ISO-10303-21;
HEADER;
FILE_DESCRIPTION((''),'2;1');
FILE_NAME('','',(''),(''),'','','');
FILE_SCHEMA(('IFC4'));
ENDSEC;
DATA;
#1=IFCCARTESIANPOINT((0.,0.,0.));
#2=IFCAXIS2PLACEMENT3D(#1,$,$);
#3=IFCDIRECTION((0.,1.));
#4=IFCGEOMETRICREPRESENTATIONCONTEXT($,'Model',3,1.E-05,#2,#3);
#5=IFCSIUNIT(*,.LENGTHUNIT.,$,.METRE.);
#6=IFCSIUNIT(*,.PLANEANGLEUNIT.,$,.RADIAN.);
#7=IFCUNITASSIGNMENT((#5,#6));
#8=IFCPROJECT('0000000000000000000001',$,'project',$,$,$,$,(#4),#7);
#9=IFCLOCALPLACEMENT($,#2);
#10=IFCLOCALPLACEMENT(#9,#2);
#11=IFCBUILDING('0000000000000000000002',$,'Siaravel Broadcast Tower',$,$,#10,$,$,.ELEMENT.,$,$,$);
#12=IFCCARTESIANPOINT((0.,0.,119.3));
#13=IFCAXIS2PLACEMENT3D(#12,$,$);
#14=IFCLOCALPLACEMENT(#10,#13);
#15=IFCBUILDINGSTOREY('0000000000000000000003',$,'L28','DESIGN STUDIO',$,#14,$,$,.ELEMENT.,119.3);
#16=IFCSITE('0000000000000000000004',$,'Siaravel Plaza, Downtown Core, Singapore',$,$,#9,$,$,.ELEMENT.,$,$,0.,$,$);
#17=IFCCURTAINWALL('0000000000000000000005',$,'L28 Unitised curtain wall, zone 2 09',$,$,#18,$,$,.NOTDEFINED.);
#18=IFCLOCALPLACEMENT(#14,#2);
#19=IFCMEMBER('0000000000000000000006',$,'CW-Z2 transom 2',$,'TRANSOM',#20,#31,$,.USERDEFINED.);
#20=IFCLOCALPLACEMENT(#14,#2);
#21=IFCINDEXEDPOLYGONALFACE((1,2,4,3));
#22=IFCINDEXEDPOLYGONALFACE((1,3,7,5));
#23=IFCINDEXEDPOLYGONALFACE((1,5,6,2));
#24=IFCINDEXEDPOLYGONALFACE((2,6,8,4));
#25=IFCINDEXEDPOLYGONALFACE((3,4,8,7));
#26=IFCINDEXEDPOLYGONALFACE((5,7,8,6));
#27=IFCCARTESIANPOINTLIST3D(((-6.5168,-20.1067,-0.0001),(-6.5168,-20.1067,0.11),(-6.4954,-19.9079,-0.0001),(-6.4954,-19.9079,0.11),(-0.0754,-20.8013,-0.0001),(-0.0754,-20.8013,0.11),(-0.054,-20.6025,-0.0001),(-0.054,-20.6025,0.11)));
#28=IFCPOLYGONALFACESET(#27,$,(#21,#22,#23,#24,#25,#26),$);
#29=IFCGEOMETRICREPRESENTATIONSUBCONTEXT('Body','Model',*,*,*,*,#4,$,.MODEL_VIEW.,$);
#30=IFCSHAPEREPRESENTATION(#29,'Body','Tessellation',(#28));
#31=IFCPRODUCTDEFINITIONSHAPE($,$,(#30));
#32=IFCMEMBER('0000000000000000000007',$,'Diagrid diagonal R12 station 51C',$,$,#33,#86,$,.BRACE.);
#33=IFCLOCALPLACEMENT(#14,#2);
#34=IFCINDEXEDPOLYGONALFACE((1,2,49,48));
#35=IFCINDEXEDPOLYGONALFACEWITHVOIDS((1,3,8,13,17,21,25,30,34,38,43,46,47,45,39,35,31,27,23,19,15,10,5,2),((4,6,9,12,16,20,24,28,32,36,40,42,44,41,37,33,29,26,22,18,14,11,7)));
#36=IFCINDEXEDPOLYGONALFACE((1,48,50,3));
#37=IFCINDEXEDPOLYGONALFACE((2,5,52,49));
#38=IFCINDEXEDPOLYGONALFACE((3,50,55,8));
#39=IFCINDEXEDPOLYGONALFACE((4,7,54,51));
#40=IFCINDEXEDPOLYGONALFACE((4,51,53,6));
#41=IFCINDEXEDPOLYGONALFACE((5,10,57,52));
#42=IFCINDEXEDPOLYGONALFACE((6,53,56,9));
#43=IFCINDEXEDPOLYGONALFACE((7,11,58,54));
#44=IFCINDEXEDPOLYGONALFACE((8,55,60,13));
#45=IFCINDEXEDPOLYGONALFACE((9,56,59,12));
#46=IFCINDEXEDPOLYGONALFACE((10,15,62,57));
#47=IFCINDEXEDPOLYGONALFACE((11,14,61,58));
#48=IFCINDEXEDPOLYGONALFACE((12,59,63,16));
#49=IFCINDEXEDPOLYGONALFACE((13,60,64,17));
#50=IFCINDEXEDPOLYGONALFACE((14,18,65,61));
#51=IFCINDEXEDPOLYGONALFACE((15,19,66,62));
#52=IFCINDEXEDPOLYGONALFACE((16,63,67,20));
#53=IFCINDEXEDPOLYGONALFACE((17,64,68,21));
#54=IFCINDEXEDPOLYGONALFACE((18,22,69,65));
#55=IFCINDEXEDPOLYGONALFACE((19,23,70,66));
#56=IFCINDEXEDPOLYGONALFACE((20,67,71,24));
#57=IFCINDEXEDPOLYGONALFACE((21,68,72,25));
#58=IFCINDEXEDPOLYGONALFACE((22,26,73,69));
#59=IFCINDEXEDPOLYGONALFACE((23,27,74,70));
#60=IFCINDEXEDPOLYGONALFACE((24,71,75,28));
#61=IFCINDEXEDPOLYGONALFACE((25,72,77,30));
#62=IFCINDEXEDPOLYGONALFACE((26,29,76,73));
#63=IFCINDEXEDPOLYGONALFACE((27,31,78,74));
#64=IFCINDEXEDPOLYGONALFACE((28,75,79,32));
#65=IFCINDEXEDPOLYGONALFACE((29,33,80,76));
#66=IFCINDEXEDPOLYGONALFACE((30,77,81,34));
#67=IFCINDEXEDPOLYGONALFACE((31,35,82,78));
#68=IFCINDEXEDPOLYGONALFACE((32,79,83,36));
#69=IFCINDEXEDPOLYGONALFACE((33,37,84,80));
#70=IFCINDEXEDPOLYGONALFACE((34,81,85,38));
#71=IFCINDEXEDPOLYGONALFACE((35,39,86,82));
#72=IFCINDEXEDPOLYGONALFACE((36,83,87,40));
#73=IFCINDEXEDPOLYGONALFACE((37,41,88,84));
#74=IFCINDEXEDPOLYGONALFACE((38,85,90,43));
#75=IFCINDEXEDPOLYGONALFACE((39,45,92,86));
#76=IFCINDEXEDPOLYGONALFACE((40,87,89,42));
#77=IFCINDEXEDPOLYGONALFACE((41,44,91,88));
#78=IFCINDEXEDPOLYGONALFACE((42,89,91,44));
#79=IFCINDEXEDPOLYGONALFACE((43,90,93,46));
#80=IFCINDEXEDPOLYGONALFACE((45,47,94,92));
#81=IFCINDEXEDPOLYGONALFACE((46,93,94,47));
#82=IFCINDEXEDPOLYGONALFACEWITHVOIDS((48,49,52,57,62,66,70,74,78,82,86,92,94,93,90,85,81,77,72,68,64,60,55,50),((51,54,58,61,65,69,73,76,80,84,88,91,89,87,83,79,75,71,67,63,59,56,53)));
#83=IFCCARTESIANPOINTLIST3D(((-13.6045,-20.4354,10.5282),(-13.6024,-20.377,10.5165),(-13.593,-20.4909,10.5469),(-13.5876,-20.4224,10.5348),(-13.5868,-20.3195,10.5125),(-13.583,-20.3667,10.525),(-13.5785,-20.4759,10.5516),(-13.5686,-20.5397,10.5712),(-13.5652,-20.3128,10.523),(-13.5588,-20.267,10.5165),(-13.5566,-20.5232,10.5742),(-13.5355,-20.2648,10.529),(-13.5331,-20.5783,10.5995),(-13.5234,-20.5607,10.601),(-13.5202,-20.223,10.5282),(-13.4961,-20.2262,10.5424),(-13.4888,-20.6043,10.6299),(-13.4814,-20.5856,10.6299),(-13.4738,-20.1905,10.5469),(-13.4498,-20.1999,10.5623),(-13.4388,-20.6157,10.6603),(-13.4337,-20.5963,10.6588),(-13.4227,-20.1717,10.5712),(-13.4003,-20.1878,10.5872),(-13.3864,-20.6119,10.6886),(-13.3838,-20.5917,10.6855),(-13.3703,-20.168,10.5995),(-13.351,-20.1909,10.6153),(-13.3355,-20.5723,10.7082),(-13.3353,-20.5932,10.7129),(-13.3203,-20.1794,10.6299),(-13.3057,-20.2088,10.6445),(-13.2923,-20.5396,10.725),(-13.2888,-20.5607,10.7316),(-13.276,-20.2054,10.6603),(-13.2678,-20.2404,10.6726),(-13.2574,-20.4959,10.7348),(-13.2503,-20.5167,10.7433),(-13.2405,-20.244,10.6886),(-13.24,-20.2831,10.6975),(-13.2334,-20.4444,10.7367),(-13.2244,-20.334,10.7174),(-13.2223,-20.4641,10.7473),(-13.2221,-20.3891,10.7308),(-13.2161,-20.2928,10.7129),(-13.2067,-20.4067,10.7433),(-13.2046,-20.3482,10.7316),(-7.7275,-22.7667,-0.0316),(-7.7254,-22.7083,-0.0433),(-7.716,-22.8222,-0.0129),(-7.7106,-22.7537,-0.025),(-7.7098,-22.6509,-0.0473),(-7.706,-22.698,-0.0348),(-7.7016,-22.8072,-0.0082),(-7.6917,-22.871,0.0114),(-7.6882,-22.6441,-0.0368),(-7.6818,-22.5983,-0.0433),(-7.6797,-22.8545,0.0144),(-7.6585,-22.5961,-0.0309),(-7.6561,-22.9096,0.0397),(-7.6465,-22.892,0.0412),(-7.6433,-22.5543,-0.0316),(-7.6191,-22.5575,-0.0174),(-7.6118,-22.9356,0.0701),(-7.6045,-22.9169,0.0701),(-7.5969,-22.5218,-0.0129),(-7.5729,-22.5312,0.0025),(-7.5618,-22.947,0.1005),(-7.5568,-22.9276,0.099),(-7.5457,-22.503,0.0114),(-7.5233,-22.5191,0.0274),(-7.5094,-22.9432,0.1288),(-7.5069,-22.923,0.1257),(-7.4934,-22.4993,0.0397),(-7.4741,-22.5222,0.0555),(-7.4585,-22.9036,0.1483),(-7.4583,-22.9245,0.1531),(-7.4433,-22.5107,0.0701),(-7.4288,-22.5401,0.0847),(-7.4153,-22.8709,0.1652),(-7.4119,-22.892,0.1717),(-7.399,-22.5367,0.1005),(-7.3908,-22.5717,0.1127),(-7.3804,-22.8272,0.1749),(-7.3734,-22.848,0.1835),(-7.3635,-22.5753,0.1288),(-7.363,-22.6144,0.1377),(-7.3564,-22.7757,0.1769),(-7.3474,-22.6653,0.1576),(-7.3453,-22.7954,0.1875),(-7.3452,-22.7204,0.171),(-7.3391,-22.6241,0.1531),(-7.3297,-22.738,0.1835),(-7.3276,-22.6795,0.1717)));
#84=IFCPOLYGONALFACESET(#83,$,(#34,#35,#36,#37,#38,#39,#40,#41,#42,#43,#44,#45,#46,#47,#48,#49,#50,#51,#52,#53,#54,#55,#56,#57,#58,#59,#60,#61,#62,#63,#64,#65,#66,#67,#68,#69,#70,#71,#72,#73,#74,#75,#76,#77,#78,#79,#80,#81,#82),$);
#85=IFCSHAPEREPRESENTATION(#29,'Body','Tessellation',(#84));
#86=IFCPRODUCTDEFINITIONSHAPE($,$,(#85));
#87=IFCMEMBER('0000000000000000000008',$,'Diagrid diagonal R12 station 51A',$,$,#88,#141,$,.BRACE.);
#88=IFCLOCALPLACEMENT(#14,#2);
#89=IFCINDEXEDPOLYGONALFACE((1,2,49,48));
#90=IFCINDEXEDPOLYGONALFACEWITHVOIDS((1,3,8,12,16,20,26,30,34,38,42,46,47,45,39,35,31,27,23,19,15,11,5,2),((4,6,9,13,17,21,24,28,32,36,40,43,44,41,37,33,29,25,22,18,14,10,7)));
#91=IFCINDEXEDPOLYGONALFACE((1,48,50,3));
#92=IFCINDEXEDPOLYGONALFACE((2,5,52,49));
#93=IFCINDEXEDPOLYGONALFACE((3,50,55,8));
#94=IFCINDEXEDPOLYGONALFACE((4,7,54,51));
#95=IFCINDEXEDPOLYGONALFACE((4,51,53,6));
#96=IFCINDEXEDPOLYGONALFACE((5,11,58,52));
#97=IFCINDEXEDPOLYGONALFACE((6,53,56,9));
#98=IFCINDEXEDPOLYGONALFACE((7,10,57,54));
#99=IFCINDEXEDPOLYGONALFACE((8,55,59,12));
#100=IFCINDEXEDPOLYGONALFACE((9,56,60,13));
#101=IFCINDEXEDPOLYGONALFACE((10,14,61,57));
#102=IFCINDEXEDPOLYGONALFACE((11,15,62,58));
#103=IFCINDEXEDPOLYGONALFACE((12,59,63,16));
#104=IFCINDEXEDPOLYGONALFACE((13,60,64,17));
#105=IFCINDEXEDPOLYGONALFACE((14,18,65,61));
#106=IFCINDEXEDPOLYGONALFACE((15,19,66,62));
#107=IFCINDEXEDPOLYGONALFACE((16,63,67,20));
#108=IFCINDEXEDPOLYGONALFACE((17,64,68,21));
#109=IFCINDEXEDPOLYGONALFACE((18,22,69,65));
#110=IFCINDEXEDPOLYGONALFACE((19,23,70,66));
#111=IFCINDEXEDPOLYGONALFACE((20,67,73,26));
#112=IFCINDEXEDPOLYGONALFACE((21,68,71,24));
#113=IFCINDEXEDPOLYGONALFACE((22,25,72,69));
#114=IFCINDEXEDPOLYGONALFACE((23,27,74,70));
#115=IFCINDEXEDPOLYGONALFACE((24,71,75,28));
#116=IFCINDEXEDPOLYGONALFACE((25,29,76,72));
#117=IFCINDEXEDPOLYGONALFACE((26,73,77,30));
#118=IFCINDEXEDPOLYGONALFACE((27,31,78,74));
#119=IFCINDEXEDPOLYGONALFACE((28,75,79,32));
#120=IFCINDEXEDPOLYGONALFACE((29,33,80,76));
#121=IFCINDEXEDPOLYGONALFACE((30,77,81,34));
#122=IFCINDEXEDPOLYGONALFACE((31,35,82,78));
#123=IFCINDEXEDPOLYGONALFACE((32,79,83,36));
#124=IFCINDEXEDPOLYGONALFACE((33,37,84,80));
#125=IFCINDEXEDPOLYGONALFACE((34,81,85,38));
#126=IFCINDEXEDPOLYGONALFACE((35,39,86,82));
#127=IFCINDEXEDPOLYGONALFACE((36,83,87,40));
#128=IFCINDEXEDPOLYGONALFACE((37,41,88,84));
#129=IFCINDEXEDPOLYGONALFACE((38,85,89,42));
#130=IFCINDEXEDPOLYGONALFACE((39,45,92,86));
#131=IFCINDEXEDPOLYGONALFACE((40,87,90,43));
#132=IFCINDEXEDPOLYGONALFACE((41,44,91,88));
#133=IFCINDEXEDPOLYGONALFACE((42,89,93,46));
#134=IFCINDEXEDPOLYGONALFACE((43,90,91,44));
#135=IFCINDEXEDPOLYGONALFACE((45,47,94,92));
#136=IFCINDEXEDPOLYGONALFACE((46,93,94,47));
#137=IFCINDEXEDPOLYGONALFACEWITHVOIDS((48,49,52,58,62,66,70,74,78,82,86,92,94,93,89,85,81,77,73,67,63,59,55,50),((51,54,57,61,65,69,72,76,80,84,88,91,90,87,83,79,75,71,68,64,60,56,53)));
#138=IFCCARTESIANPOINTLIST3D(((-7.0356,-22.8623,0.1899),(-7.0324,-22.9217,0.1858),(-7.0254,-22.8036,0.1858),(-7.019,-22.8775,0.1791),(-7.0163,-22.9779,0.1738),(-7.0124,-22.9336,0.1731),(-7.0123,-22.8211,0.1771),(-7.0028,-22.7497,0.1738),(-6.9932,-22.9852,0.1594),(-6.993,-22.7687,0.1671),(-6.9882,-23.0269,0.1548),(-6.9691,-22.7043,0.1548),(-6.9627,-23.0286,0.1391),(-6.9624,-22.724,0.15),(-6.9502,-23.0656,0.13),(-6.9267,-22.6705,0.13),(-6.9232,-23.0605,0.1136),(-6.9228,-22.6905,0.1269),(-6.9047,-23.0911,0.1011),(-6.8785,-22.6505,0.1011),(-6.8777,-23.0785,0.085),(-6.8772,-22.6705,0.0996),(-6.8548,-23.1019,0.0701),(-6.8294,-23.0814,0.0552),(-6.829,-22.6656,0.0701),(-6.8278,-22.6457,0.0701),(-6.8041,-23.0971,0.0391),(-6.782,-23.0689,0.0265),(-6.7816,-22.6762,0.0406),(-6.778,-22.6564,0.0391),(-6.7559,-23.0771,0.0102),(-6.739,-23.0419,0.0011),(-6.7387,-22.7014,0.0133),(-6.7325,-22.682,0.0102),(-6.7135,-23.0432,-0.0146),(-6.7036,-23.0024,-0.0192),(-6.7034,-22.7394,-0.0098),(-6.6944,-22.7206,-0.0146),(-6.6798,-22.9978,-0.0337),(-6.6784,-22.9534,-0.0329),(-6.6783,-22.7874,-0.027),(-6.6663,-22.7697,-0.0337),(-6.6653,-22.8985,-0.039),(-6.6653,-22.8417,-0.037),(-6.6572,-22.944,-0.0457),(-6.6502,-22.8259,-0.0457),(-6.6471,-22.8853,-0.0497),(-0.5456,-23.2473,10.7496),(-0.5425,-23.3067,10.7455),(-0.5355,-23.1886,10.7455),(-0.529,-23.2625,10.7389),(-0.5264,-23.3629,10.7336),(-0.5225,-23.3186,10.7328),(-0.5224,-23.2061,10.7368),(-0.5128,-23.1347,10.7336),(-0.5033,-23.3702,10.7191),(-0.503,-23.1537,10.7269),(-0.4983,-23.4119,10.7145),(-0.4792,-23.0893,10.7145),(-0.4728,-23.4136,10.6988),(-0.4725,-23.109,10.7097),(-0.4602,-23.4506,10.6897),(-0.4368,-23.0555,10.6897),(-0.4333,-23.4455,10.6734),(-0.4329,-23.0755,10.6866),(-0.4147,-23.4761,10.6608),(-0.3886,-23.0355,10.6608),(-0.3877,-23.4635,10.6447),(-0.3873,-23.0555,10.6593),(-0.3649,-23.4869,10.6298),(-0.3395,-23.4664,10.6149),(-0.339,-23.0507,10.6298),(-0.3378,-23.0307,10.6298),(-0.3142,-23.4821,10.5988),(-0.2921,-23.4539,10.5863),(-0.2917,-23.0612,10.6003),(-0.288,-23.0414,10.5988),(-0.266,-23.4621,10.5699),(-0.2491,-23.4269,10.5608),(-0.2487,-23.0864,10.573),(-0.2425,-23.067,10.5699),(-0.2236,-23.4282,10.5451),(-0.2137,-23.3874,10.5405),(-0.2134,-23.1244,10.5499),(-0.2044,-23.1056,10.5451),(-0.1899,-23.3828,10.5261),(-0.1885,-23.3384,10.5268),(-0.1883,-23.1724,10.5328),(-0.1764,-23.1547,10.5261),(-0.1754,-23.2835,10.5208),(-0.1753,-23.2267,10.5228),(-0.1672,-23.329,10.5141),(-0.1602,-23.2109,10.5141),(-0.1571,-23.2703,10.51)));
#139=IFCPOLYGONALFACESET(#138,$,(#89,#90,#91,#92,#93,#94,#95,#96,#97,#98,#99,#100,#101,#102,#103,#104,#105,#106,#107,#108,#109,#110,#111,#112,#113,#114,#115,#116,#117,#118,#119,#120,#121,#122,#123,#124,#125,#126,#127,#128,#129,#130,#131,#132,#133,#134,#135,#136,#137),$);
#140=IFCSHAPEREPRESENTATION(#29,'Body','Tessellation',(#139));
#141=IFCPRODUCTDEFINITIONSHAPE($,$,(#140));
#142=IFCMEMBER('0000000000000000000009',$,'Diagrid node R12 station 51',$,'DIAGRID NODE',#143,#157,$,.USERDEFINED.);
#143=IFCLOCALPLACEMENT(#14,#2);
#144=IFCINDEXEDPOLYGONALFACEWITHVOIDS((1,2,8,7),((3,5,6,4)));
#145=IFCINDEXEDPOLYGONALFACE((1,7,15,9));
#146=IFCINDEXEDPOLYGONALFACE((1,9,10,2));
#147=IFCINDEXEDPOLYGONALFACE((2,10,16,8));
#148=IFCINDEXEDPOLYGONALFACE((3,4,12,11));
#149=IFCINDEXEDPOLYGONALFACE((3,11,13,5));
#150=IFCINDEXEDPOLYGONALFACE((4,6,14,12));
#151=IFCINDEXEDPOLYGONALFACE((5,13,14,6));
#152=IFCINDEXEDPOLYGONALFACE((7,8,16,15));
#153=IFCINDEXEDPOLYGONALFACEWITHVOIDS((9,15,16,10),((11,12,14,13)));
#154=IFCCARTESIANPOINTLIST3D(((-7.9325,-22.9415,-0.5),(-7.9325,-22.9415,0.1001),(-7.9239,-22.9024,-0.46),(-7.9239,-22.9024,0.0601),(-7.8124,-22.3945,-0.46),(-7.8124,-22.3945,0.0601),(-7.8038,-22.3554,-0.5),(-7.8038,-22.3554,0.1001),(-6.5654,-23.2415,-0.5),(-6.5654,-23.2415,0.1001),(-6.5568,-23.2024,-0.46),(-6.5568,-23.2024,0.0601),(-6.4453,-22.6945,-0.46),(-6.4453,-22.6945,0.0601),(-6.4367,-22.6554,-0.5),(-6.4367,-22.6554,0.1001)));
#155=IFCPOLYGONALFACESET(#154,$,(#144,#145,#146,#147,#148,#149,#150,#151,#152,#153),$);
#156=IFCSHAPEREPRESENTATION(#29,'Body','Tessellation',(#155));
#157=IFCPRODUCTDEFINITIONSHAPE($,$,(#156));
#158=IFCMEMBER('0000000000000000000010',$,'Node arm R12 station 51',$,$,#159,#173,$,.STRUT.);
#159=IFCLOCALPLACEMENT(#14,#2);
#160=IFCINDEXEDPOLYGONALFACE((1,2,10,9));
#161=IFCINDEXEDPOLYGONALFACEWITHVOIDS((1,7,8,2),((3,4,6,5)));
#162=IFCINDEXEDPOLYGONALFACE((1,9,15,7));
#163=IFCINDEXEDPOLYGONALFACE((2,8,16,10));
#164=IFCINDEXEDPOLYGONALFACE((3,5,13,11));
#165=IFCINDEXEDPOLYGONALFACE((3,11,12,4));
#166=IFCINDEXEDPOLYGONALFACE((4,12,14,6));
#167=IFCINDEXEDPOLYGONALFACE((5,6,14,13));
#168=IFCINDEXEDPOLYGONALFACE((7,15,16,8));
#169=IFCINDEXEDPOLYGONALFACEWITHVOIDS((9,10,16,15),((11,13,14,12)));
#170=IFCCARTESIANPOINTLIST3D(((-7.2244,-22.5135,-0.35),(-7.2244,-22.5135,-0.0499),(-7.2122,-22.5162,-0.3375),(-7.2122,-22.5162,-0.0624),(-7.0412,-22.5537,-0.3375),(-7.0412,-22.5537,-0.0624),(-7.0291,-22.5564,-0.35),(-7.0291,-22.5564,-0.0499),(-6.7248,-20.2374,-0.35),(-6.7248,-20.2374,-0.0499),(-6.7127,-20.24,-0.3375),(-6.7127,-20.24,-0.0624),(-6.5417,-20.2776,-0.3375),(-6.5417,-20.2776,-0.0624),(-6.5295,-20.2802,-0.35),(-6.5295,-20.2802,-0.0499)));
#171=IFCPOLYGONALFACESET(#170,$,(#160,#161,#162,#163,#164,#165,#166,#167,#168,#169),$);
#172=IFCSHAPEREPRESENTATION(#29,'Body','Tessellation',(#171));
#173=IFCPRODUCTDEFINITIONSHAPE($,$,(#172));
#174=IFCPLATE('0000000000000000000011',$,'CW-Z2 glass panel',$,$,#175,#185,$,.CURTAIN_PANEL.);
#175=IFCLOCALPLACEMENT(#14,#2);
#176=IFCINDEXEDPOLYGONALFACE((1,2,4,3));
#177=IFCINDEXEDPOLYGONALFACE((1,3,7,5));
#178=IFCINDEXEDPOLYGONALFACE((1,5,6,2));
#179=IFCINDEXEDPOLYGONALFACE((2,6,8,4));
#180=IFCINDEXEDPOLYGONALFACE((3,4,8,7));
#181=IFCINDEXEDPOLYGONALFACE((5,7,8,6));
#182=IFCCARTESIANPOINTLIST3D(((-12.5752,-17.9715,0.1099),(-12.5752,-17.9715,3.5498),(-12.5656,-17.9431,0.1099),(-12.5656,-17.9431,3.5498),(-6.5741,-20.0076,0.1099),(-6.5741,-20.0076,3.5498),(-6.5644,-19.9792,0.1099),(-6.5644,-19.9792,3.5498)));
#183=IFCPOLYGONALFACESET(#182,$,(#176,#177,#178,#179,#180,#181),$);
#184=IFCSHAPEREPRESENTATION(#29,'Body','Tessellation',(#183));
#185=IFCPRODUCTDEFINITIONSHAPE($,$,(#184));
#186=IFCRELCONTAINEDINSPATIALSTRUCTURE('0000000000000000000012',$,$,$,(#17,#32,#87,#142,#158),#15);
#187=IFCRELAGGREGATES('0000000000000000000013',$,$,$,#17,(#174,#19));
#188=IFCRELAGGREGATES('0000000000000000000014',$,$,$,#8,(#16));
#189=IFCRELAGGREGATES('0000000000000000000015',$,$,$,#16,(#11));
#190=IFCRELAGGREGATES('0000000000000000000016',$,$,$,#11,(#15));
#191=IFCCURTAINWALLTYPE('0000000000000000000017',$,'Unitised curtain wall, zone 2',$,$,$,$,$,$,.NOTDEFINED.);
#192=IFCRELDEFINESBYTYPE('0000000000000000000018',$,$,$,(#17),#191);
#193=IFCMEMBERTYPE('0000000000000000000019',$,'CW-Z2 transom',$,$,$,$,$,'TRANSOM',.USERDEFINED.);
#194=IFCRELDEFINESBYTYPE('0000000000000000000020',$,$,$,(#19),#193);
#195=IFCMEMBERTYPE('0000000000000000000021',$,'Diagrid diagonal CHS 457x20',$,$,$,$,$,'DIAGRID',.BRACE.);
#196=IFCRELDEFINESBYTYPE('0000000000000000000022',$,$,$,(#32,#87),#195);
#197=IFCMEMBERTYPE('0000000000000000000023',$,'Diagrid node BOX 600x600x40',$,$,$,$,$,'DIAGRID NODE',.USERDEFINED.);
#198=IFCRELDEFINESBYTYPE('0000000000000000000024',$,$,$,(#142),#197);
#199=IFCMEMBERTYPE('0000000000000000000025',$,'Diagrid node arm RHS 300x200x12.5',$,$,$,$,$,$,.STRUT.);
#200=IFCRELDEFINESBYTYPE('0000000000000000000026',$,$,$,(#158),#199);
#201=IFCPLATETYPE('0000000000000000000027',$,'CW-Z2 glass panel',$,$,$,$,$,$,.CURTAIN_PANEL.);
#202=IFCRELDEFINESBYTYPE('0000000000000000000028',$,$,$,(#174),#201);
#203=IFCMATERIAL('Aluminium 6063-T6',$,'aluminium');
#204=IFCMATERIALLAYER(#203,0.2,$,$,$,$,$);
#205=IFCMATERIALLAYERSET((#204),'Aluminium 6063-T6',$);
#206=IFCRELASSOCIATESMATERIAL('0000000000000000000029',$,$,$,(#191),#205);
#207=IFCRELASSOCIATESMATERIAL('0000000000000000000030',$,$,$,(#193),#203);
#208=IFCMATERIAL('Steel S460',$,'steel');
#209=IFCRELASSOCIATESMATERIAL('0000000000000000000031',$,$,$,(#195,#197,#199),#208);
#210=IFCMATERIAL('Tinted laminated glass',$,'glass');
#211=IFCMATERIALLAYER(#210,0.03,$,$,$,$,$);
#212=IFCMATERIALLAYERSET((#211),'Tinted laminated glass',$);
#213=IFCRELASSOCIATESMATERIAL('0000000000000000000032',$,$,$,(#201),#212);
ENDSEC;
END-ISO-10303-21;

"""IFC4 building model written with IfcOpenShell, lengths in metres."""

from ifc_helpers import new_model, si_unit, direction, frame, origin, origin_2d, place, context, subcontext, project, spatial, rectangle, hollow_rectangle, hollow_circle, extrude, material, layer, layer_set, material_profile, profile_set, type_object, element, aggregate, save


model = new_model("IFC4")

# Units and contexts
model_context = context("Model", 3, precision=1e-05, world=origin(), true_north=direction((0.0, 1.0)))
body_context = subcontext(model_context, "Body", "Model", "MODEL_VIEW")
ifc_project = project(units=[si_unit("LENGTHUNIT", "METRE"), si_unit("PLANEANGLEUNIT", "RADIAN")], contexts=[model_context])

# Site, building, storey
site_placement = place(None, origin())
site = spatial("IfcSite", under=ifc_project, at=site_placement, Name="Siaravel Plaza, Downtown Core, Singapore", CompositionType="ELEMENT", RefElevation=0.0)
building_placement = place(site_placement, origin())
building = spatial("IfcBuilding", under=site, at=building_placement, Name="Siaravel Broadcast Tower", CompositionType="ELEMENT")
storey_placement = place(building_placement, frame((0.0, 0.0, 119.3)))
storey = spatial("IfcBuildingStorey", under=building, at=storey_placement, Name="L28", Description="DESIGN STUDIO", CompositionType="ELEMENT", Elevation=119.3)

# Shared definitions
ifc_material_1 = material(Name="Aluminium 6063-T6", Category="aluminium")
ifc_layer_1 = layer(ifc_material_1, 0.2)
ifc_layer_set_1 = layer_set([ifc_layer_1], Name="Aluminium 6063-T6")
curtain_wall_type = type_object("IfcCurtainWallType", Name="Unitised curtain wall, zone 2", PredefinedType="NOTDEFINED", material=ifc_layer_set_1)

# Curtain wall, member
curtain_wall_1_placement = place(storey_placement, origin())
curtain_wall_1 = element("IfcCurtainWall", 1, at=curtain_wall_1_placement, inside=storey, type_object=curtain_wall_type, Name="L28 Unitised curtain wall, zone 2 09", PredefinedType="NOTDEFINED")
ifc_material_profile_1 = material_profile(ifc_material_1, rectangle(XDim=0.2, YDim=0.1101, at=origin_2d()))
ifc_profile_set_1 = profile_set([ifc_material_profile_1], Name="Aluminium 6063-T6")
member_type_1 = type_object("IfcMemberType", Name="CW-Z2 transom", ElementType="TRANSOM", PredefinedType="USERDEFINED", material=ifc_profile_set_1)
member_1_placement = place(storey_placement, frame((-6.5061, -20.0073, 0.0549), z_axis=(0.994237, -0.107209, 0.0), x_axis=(0.107209, 0.994237, 0.0)))
member_1 = element("IfcMember", 2, at=member_1_placement, type_object=member_type_1, Name="CW-Z2 transom 2", ObjectType="TRANSOM", PredefinedType="USERDEFINED", context=body_context, shape_type="SweptSolid", body=[
    extrude(rectangle(XDim=0.2, YDim=0.1101, at=origin_2d()), origin(), (0.0, 0.0, 1.0), 6.4788),
])

# Members
ifc_material_2 = material(Name="Steel S460", Category="steel")
ifc_material_profile_2 = material_profile(ifc_material_2, hollow_circle(Radius=0.2285, WallThickness=0.02, at=origin_2d()))
ifc_profile_set_2 = profile_set([ifc_material_profile_2], Name="Steel S460")
member_type_2 = type_object("IfcMemberType", Name="Diagrid diagonal CHS 457x20", ElementType="DIAGRID", PredefinedType="BRACE", material=ifc_profile_set_2)
member_2_placement = place(storey_placement, frame((-7.5276, -22.7231, 0.0701), z_axis=(-0.477496, 0.189416, 0.857974), x_axis=(-0.368733, -0.929535, 0.0)))
element("IfcMember", 3, at=member_2_placement, inside=storey, type_object=member_type_2, Name="Diagrid diagonal R12 station 51C", PredefinedType="BRACE", context=body_context, shape_type="SweptSolid", body=[
    extrude(hollow_circle(Radius=0.2285, WallThickness=0.02, at=origin_2d()), origin(), (0.0, 0.0, 1.0), 12.3079),
])
member_3_placement = place(storey_placement, frame((-6.8413, -22.8738, 0.0701), z_axis=(0.523356, -0.031047, 0.851548), x_axis=(0.05922, 0.998245, 0.0)))
element("IfcMember", 4, at=member_3_placement, inside=storey, type_object=member_type_2, Name="Diagrid diagonal R12 station 51A", PredefinedType="BRACE", context=body_context, shape_type="SweptSolid", body=[
    extrude(hollow_circle(Radius=0.2285, WallThickness=0.02, at=origin_2d()), origin(), (0.0, 0.0, 1.0), 12.4006),
])
ifc_material_profile_3 = material_profile(ifc_material_2, hollow_rectangle(XDim=0.6001, YDim=0.6001, WallThickness=0.04, at=origin_2d()))
ifc_profile_set_3 = profile_set([ifc_material_profile_3], Name="Steel S460")
member_type_3 = type_object("IfcMemberType", Name="Diagrid node BOX 600x600x40", ElementType="DIAGRID NODE", PredefinedType="USERDEFINED", material=ifc_profile_set_3)
member_4_placement = place(storey_placement, frame((-7.8682, -22.6484, -0.2), z_axis=(0.976754, -0.214363, 0.0), x_axis=(0.214363, 0.976754, 0.0)))
element("IfcMember", 5, at=member_4_placement, inside=storey, type_object=member_type_3, Name="Diagrid node R12 station 51", ObjectType="DIAGRID NODE", PredefinedType="USERDEFINED", context=body_context, shape_type="SweptSolid", body=[
    extrude(hollow_rectangle(XDim=0.6001, YDim=0.6001, WallThickness=0.04, at=origin_2d()), origin(), (0.0, 0.0, 1.0), 1.3997),
])
ifc_material_profile_4 = material_profile(ifc_material_2, hollow_rectangle(XDim=0.2, YDim=0.3, WallThickness=0.0125, at=origin_2d()))
ifc_profile_set_4 = profile_set([ifc_material_profile_4], Name="Steel S460")
member_type_4 = type_object("IfcMemberType", Name="Diagrid node arm RHS 300x200x12.5", PredefinedType="STRUT", material=ifc_profile_set_4)
member_5_placement = place(storey_placement, frame((-6.6272, -20.2588, -0.2), z_axis=(-0.214356, -0.976756, 0.0), x_axis=(0.976756, -0.214356, 0.0)))
element("IfcMember", 6, at=member_5_placement, inside=storey, type_object=member_type_4, Name="Node arm R12 station 51", PredefinedType="STRUT", context=body_context, shape_type="SweptSolid", body=[
    extrude(hollow_rectangle(XDim=0.2, YDim=0.3, WallThickness=0.0125, at=origin_2d()), origin(), (0.0, 0.0, 1.0), 2.3303),
])

# Plate
ifc_material_3 = material(Name="Tinted laminated glass", Category="glass")
ifc_layer_2 = layer(ifc_material_3, 0.03)
ifc_layer_set_2 = layer_set([ifc_layer_2], Name="Tinted laminated glass")
plate_type = type_object("IfcPlateType", Name="CW-Z2 glass panel", PredefinedType="CURTAIN_PANEL", material=ifc_layer_set_2)
plate_1_placement = place(storey_placement, frame((-9.5698, -18.9753, 0.1099), z_axis=(0.0, 0.0, 1.0), x_axis=(0.946977, -0.321301, 0.0)))
plate_1 = element("IfcPlate", 7, at=plate_1_placement, type_object=plate_type, Name="CW-Z2 glass panel", PredefinedType="CURTAIN_PANEL", context=body_context, shape_type="SweptSolid", body=[
    extrude(rectangle(XDim=6.3372, YDim=0.03, at=origin_2d()), origin(), (0.0, 0.0, 1.0), 3.4399),
])
aggregate(curtain_wall_1, [plate_1, member_1])

save(model, "model.ifc")
